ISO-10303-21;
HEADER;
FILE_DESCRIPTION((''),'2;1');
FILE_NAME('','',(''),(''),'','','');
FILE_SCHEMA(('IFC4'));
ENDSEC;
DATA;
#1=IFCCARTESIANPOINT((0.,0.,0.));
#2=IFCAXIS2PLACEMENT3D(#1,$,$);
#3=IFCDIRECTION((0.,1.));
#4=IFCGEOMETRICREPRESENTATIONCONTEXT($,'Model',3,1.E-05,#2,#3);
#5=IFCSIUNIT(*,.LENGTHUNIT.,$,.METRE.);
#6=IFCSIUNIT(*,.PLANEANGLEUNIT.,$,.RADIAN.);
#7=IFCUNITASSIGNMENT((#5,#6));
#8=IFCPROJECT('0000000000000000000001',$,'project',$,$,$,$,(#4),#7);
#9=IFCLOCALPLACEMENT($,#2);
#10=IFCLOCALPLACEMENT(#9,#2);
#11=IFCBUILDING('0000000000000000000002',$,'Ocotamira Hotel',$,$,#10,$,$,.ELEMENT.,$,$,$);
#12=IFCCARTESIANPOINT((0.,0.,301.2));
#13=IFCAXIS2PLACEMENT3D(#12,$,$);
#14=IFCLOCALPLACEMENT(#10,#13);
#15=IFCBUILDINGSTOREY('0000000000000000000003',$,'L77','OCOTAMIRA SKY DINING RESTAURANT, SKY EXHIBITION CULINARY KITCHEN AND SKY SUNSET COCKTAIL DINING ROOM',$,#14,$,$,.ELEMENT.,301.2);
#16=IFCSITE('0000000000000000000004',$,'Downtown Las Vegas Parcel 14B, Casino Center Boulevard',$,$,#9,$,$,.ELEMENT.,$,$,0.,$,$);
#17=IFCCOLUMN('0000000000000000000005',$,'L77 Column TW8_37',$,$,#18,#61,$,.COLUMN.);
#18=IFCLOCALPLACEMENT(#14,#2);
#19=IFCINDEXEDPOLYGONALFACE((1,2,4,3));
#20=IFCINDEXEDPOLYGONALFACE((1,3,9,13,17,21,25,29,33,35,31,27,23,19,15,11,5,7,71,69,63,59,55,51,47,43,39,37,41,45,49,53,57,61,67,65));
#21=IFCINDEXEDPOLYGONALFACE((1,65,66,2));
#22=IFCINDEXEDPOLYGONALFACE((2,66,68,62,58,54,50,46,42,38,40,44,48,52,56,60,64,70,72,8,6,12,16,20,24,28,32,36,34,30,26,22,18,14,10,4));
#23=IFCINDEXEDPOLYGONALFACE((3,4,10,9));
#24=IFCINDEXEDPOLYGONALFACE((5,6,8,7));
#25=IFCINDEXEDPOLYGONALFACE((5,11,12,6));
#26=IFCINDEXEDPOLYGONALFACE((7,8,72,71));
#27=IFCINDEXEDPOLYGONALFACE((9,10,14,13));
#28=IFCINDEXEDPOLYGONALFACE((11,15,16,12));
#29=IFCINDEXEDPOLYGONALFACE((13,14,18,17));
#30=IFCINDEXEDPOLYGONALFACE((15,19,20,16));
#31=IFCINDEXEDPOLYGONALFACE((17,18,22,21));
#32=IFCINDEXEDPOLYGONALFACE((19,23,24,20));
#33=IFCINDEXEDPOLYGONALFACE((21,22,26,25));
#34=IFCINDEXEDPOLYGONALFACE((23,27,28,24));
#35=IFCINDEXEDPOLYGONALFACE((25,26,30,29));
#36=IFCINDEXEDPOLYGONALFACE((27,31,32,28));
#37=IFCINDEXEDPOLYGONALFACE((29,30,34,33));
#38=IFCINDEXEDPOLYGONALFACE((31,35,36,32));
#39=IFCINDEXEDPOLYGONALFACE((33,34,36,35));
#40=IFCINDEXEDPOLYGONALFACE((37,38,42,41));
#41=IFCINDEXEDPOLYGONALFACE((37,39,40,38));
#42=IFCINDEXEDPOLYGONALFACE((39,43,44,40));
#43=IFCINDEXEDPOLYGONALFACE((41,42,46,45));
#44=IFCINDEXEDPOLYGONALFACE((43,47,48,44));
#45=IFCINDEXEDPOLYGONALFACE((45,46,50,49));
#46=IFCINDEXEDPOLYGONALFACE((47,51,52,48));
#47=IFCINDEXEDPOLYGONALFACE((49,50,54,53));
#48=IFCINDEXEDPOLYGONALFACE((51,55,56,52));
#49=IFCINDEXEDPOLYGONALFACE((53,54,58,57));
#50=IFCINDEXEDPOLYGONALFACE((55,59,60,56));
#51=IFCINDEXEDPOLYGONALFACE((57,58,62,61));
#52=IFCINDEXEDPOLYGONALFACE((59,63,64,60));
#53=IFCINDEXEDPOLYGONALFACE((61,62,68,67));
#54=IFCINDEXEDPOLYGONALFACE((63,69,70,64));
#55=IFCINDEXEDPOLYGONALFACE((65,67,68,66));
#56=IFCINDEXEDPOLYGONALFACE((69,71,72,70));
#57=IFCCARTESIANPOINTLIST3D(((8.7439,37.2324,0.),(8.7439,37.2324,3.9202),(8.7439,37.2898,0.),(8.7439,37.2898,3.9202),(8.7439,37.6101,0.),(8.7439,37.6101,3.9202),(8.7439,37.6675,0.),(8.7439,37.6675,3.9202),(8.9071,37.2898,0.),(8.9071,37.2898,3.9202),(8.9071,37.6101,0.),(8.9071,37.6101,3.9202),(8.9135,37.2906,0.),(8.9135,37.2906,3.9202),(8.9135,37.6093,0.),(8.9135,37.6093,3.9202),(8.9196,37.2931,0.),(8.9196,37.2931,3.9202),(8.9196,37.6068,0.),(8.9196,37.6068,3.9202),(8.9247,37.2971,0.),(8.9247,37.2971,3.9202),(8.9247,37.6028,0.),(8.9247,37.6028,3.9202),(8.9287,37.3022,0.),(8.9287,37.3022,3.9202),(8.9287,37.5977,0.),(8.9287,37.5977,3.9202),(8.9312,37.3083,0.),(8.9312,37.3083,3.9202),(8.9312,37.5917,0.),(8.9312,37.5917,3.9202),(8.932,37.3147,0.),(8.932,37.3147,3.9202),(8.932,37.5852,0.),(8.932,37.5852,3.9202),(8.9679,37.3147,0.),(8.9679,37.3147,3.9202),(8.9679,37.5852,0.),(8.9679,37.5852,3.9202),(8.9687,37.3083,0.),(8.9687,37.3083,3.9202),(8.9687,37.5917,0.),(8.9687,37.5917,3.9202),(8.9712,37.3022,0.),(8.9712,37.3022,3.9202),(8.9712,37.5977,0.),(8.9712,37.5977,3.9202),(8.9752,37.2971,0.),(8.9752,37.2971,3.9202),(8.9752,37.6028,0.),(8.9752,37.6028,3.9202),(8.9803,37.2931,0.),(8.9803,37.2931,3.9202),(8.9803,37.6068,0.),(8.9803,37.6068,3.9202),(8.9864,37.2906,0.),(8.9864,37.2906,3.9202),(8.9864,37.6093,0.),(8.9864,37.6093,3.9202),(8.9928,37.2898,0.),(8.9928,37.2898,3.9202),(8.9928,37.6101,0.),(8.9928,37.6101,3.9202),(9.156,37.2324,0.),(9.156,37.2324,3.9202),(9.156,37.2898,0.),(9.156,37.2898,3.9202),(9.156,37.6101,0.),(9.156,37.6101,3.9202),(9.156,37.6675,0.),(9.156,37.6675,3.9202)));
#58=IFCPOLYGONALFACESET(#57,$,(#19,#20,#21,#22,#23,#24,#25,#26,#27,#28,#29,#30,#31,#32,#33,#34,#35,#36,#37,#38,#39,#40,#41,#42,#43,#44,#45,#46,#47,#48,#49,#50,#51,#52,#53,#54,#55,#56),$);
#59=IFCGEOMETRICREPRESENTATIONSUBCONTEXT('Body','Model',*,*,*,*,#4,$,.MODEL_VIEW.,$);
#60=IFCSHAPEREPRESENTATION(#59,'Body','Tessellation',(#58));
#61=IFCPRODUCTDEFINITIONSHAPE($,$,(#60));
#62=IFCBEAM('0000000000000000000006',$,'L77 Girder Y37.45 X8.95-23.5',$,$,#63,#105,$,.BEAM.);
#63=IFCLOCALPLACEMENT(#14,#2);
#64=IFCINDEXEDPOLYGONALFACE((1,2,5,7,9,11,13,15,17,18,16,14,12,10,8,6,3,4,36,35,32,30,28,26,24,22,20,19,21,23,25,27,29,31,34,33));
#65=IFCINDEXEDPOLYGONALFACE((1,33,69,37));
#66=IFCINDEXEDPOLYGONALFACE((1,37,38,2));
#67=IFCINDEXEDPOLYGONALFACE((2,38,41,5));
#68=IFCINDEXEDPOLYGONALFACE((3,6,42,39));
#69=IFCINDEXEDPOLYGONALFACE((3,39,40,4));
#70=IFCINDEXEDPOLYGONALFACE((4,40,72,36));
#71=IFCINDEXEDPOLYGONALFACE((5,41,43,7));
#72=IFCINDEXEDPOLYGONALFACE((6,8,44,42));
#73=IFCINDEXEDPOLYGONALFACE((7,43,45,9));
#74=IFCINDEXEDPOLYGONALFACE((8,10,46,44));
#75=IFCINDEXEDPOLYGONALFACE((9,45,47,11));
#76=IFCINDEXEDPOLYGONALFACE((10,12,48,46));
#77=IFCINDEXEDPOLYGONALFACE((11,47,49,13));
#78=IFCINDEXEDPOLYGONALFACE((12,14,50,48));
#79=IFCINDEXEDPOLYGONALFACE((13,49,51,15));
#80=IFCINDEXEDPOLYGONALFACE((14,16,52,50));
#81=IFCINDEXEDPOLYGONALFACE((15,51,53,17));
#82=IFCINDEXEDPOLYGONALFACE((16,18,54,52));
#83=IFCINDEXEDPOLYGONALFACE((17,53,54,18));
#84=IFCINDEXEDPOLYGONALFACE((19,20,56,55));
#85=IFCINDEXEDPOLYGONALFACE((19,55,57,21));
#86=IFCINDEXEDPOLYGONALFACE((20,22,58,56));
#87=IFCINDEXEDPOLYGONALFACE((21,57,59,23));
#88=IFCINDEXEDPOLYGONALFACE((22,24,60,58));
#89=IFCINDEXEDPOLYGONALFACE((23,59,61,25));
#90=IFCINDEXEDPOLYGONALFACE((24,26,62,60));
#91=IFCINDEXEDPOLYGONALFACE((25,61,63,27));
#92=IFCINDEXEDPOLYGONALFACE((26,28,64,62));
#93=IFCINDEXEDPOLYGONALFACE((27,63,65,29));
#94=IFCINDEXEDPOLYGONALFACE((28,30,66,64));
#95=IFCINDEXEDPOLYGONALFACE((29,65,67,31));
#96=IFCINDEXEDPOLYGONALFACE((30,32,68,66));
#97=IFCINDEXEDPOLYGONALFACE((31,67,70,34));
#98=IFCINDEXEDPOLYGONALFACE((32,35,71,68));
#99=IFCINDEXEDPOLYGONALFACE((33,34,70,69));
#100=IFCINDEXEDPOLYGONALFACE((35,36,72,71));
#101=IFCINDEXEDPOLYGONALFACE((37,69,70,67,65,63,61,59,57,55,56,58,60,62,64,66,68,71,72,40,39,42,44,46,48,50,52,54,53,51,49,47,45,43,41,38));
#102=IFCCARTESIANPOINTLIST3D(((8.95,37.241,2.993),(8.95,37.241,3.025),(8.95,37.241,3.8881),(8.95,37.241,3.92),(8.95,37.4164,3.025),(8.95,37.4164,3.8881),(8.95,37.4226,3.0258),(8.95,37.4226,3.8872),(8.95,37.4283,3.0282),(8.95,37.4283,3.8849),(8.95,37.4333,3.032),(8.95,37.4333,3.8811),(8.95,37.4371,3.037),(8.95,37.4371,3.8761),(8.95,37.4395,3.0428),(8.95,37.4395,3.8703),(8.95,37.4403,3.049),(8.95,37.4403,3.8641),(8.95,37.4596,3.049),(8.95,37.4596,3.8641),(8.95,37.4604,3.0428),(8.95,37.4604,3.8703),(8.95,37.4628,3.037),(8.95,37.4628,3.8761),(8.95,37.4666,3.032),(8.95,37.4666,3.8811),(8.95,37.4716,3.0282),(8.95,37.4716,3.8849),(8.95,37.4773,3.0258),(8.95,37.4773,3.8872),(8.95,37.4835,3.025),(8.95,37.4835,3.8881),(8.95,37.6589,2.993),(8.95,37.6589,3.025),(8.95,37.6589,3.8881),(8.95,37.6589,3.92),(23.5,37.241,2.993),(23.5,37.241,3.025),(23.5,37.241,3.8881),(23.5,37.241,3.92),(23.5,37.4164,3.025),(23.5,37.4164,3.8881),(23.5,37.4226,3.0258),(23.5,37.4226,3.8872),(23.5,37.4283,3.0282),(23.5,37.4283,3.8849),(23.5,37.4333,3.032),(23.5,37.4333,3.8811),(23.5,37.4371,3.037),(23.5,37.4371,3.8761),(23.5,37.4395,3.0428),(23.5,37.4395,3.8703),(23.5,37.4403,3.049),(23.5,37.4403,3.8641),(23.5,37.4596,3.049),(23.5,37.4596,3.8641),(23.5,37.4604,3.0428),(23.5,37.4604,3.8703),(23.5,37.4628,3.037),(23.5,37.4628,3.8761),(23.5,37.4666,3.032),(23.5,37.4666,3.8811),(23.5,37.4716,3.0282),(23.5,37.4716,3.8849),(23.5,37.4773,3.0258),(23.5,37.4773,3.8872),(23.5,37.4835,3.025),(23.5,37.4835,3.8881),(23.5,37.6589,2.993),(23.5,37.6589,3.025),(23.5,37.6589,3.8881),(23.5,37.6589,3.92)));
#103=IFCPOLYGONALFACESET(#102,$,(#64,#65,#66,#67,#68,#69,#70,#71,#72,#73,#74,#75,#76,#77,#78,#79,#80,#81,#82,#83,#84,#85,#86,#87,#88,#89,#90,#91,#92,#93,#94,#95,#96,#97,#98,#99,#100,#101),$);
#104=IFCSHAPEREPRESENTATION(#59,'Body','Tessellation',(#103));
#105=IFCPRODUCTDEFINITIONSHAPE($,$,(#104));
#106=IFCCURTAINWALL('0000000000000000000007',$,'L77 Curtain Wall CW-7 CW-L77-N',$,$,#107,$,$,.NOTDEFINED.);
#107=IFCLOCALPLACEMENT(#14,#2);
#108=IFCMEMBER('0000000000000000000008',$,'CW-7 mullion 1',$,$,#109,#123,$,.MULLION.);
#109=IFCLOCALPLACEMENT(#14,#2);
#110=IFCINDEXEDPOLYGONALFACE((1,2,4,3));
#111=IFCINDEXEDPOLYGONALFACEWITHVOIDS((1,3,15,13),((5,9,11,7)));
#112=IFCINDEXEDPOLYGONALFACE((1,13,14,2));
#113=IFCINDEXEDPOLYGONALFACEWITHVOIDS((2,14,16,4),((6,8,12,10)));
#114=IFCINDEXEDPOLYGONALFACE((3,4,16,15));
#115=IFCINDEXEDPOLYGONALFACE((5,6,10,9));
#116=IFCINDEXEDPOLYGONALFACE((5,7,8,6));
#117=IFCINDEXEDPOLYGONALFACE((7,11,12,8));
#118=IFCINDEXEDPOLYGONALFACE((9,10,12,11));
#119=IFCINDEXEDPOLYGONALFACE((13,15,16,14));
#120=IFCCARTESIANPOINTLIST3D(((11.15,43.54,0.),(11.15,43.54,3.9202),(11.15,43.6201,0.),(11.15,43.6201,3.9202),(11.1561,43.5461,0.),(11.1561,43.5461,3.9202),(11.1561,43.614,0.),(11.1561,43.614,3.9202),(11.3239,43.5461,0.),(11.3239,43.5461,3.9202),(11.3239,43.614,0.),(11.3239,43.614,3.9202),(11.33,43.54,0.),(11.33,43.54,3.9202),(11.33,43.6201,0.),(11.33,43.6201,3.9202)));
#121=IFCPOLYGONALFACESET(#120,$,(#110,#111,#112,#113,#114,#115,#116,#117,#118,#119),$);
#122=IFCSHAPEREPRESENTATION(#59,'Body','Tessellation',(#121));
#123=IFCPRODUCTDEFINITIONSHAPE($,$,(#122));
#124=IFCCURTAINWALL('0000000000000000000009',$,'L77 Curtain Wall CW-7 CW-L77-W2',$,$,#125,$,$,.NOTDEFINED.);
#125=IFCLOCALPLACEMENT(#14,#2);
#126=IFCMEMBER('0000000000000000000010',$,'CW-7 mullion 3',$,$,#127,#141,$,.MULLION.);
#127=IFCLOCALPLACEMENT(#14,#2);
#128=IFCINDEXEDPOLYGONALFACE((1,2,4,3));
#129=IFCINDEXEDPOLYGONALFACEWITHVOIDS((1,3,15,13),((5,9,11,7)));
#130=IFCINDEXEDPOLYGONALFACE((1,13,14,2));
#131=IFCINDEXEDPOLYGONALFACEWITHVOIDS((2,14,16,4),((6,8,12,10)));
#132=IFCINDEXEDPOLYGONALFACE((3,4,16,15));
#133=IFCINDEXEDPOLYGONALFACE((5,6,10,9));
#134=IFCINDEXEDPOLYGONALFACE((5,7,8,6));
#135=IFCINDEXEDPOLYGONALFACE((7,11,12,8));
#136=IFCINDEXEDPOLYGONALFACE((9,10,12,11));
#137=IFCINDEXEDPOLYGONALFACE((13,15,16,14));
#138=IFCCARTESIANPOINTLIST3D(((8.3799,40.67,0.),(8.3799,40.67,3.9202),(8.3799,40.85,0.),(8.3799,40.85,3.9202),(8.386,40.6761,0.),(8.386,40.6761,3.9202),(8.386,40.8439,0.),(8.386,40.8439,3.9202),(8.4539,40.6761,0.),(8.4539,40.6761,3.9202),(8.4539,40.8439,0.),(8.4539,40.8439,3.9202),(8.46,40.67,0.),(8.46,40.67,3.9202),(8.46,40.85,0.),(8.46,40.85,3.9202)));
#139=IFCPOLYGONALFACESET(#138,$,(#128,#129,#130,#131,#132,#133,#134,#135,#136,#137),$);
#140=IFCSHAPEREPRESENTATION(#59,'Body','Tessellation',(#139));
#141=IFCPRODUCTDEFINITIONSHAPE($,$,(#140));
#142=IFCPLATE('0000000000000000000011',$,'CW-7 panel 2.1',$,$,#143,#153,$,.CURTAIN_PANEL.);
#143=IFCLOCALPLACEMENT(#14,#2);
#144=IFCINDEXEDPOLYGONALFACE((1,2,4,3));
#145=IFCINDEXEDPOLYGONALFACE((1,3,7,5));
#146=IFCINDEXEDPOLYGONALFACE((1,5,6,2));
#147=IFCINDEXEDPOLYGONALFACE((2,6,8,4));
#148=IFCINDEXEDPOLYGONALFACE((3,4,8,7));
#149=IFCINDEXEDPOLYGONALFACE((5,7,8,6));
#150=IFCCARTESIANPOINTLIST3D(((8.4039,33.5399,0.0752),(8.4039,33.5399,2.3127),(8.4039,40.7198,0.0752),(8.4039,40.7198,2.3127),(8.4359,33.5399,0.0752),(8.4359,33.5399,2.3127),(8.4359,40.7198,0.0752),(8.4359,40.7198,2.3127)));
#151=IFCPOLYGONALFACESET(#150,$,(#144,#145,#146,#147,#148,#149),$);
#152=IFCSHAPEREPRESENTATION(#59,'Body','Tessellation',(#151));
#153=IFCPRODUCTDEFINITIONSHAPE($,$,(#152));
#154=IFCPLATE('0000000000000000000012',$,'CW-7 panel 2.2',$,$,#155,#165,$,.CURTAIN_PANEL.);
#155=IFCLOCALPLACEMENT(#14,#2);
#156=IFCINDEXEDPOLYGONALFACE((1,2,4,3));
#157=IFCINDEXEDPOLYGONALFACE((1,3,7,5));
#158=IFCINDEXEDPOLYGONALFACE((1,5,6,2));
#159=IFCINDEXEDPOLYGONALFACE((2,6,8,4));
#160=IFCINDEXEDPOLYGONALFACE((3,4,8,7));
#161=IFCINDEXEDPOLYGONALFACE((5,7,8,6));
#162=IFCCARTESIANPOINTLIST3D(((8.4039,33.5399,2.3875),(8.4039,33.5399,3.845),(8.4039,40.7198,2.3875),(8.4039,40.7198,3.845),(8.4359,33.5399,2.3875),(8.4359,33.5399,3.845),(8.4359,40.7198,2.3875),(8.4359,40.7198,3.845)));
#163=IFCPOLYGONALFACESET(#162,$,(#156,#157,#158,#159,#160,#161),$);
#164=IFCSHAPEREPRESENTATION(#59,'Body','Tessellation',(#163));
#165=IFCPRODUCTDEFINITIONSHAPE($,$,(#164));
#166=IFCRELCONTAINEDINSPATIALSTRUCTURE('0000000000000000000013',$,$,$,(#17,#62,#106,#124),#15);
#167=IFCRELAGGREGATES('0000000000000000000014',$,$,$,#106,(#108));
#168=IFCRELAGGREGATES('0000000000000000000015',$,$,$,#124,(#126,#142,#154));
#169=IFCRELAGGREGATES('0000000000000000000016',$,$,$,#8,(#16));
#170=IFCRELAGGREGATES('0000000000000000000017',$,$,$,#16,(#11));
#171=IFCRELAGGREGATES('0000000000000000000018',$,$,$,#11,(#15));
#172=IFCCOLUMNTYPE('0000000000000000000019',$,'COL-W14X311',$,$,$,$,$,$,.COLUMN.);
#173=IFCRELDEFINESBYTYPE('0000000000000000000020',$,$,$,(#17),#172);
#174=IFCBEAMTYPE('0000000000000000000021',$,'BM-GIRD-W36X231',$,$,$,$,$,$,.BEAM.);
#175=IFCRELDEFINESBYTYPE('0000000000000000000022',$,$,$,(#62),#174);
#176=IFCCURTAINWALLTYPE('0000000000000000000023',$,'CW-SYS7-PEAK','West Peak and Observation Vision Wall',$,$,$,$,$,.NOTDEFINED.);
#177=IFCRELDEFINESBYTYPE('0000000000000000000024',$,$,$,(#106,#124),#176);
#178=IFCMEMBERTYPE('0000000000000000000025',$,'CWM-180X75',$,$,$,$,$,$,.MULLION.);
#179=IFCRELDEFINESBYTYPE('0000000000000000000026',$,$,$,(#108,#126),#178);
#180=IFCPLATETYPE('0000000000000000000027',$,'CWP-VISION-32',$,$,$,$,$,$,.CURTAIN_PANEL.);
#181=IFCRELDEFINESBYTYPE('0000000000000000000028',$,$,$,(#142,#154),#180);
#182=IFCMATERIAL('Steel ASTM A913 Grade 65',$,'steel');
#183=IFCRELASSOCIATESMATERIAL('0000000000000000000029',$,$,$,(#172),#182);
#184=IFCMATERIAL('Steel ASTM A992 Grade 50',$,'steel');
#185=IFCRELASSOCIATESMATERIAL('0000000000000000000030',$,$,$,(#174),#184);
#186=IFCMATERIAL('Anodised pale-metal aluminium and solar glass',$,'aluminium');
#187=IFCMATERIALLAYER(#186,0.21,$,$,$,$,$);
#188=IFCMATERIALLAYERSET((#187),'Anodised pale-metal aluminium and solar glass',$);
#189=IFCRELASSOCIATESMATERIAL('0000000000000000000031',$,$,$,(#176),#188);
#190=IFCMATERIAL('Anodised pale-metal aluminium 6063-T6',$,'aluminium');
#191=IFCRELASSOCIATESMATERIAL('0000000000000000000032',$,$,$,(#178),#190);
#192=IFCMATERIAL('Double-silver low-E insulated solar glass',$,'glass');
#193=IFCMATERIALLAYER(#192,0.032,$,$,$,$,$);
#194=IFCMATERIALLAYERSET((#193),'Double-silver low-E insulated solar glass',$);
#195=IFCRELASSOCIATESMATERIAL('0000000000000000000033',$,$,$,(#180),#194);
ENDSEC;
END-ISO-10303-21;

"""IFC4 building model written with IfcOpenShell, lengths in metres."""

from ifc_helpers import new_model, si_unit, direction, frame, origin, origin_2d, place, context, subcontext, project, spatial, rectangle, hollow_rectangle, i_section, extrude, source, transform, mapped, material, layer, layer_set, material_profile, profile_set, type_object, element, aggregate, save


model = new_model("IFC4")

# Units and contexts
model_context = context("Model", 3, precision=1e-05, world=origin(), true_north=direction((0.0, 1.0)))
body_context = subcontext(model_context, "Body", "Model", "MODEL_VIEW")
ifc_project = project(units=[si_unit("LENGTHUNIT", "METRE"), si_unit("PLANEANGLEUNIT", "RADIAN")], contexts=[model_context])

# Site, building, storey
site_placement = place(None, origin())
site = spatial("IfcSite", under=ifc_project, at=site_placement, Name="Downtown Las Vegas Parcel 14B, Casino Center Boulevard", CompositionType="ELEMENT", RefElevation=0.0)
building_placement = place(site_placement, origin())
building = spatial("IfcBuilding", under=site, at=building_placement, Name="Ocotamira Hotel", CompositionType="ELEMENT")
storey_placement = place(building_placement, frame((0.0, 0.0, 301.2)))
storey = spatial("IfcBuildingStorey", under=building, at=storey_placement, Name="L77", Description="OCOTAMIRA SKY DINING RESTAURANT, SKY EXHIBITION CULINARY KITCHEN AND SKY SUNSET COCKTAIL DINING ROOM", CompositionType="ELEMENT", Elevation=301.2)

# Column
ifc_material_1 = material(Name="Steel ASTM A913 Grade 65", Category="steel")
ifc_material_profile_1 = material_profile(ifc_material_1, i_section(OverallWidth=0.4121, OverallDepth=0.4351, WebThickness=0.0359, FlangeThickness=0.0574, FilletRadius=0.0249, at=origin_2d()), Name="W14X311")
ifc_profile_set_1 = profile_set([ifc_material_profile_1], Name="Steel ASTM A913 Grade 65")
column_type = type_object("IfcColumnType", Name="COL-W14X311", PredefinedType="COLUMN", material=ifc_profile_set_1)
shared_shape_1 = source(origin(), body_context, "Body", "SweptSolid", [
    extrude(i_section(OverallWidth=0.4121, OverallDepth=0.4351, WebThickness=0.0359, FlangeThickness=0.0574, FilletRadius=0.0249, at=origin_2d()), origin(), (0.0, 0.0, 1.0), 3.9202),
])
column_placement = place(storey_placement, frame((8.95, 37.45, 0.0), z_axis=(0.0, 0.0, 1.0), x_axis=(1.0, 0.0, 0.0)))
element("IfcColumn", 1, at=column_placement, inside=storey, type_object=column_type, Name="L77 Column TW8_37", PredefinedType="COLUMN", context=body_context, shape_type="MappedRepresentation", body=[
    mapped(shared_shape_1, transform((0.0, 0.0, 0.0), scale=1.0)),
])

# Beam
ifc_material_2 = material(Name="Steel ASTM A992 Grade 50", Category="steel")
ifc_material_profile_2 = material_profile(ifc_material_2, i_section(OverallWidth=0.418, OverallDepth=0.927, WebThickness=0.0193, FlangeThickness=0.032, FilletRadius=0.0239, at=origin_2d()), Name="W36X231")
ifc_profile_set_2 = profile_set([ifc_material_profile_2], Name="Steel ASTM A992 Grade 50")
beam_type = type_object("IfcBeamType", Name="BM-GIRD-W36X231", PredefinedType="BEAM", material=ifc_profile_set_2)
shared_shape_2 = source(origin(), body_context, "Body", "SweptSolid", [
    extrude(i_section(OverallWidth=0.418, OverallDepth=0.927, WebThickness=0.0193, FlangeThickness=0.032, FilletRadius=0.0239, at=origin_2d()), origin(), (0.0, 0.0, 1.0), 14.55),
])
beam_placement = place(storey_placement, frame((8.95, 37.45, 3.4565), z_axis=(1.0, 0.0, 0.0), x_axis=(0.0, 1.0, 0.0)))
element("IfcBeam", 2, at=beam_placement, inside=storey, type_object=beam_type, Name="L77 Girder Y37.45 X8.95-23.5", PredefinedType="BEAM", context=body_context, shape_type="MappedRepresentation", body=[
    mapped(shared_shape_2, transform((0.0, 0.0, 0.0), scale=1.0)),
])

# Curtain wall, member
ifc_material_3 = material(Name="Anodised pale-metal aluminium and solar glass", Category="aluminium")
ifc_layer_1 = layer(ifc_material_3, 0.21)
ifc_layer_set_1 = layer_set([ifc_layer_1], Name="Anodised pale-metal aluminium and solar glass")
curtain_wall_type = type_object("IfcCurtainWallType", Name="CW-SYS7-PEAK", Description="West Peak and Observation Vision Wall", PredefinedType="NOTDEFINED", material=ifc_layer_set_1)
curtain_wall_1_placement = place(storey_placement, origin())
curtain_wall_1 = element("IfcCurtainWall", 3, at=curtain_wall_1_placement, inside=storey, type_object=curtain_wall_type, Name="L77 Curtain Wall CW-7 CW-L77-N", PredefinedType="NOTDEFINED")
ifc_material_4 = material(Name="Anodised pale-metal aluminium 6063-T6", Category="aluminium")
ifc_material_profile_3 = material_profile(ifc_material_4, hollow_rectangle(XDim=0.0801, YDim=0.1799, WallThickness=0.0061, at=origin_2d()), Name="HSS180X80X6")
ifc_profile_set_3 = profile_set([ifc_material_profile_3], Name="Anodised pale-metal aluminium 6063-T6")
member_type = type_object("IfcMemberType", Name="CWM-180X75", PredefinedType="MULLION", material=ifc_profile_set_3)
shared_shape_3 = source(origin(), body_context, "Body", "SweptSolid", [
    extrude(hollow_rectangle(XDim=0.0801, YDim=0.1799, WallThickness=0.0061, at=origin_2d()), origin(), (0.0, 0.0, 1.0), 3.9202),
])
member_1_placement = place(storey_placement, frame((11.24, 43.5801, 0.0), z_axis=(0.0, 0.0, 1.0), x_axis=(0.0, 1.0, 0.0)))
member_1 = element("IfcMember", 4, at=member_1_placement, type_object=member_type, Name="CW-7 mullion 1", PredefinedType="MULLION", context=body_context, shape_type="MappedRepresentation", body=[
    mapped(shared_shape_3, transform((0.0, 0.0, 0.0), scale=1.0)),
])
aggregate(curtain_wall_1, [member_1])

# Curtain wall, member, plates
curtain_wall_2_placement = place(storey_placement, origin())
curtain_wall_2 = element("IfcCurtainWall", 5, at=curtain_wall_2_placement, inside=storey, type_object=curtain_wall_type, Name="L77 Curtain Wall CW-7 CW-L77-W2", PredefinedType="NOTDEFINED")
member_2_placement = place(storey_placement, frame((8.4199, 40.76, 0.0), z_axis=(0.0, 0.0, 1.0), x_axis=(-1.0, 0.0, 0.0)))
member_2 = element("IfcMember", 6, at=member_2_placement, type_object=member_type, Name="CW-7 mullion 3", PredefinedType="MULLION", context=body_context, shape_type="MappedRepresentation", body=[
    mapped(shared_shape_3, transform((0.0, 0.0, 0.0), scale=1.0)),
])
ifc_material_5 = material(Name="Double-silver low-E insulated solar glass", Category="glass")
ifc_layer_2 = layer(ifc_material_5, 0.032)
ifc_layer_set_2 = layer_set([ifc_layer_2], Name="Double-silver low-E insulated solar glass")
plate_type = type_object("IfcPlateType", Name="CWP-VISION-32", PredefinedType="CURTAIN_PANEL", material=ifc_layer_set_2)
shared_shape_4 = source(origin(), body_context, "Body", "SweptSolid", [
    extrude(rectangle(XDim=7.1799, YDim=0.032, at=origin_2d()), origin(), (0.0, 0.0, 1.0), 2.2375),
])
plate_1_placement = place(storey_placement, frame((8.4199, 37.1299, 0.0752), z_axis=(0.0, 0.0, 1.0), x_axis=(0.0, 1.0, 0.0)))
plate_1 = element("IfcPlate", 7, at=plate_1_placement, type_object=plate_type, Name="CW-7 panel 2.1", PredefinedType="CURTAIN_PANEL", context=body_context, shape_type="MappedRepresentation", body=[
    mapped(shared_shape_4, transform((0.0, 0.0, 0.0), scale=1.0)),
])
shared_shape_5 = source(origin(), body_context, "Body", "SweptSolid", [
    extrude(rectangle(XDim=7.1799, YDim=0.032, at=origin_2d()), origin(), (0.0, 0.0, 1.0), 1.4575),
])
plate_2_placement = place(storey_placement, frame((8.4199, 37.1299, 2.3875), z_axis=(0.0, 0.0, 1.0), x_axis=(0.0, 1.0, 0.0)))
plate_2 = element("IfcPlate", 8, at=plate_2_placement, type_object=plate_type, Name="CW-7 panel 2.2", PredefinedType="CURTAIN_PANEL", context=body_context, shape_type="MappedRepresentation", body=[
    mapped(shared_shape_5, transform((0.0, 0.0, 0.0), scale=1.0)),
])
aggregate(curtain_wall_2, [member_2, plate_1, plate_2])

save(model, "model.ifc")
